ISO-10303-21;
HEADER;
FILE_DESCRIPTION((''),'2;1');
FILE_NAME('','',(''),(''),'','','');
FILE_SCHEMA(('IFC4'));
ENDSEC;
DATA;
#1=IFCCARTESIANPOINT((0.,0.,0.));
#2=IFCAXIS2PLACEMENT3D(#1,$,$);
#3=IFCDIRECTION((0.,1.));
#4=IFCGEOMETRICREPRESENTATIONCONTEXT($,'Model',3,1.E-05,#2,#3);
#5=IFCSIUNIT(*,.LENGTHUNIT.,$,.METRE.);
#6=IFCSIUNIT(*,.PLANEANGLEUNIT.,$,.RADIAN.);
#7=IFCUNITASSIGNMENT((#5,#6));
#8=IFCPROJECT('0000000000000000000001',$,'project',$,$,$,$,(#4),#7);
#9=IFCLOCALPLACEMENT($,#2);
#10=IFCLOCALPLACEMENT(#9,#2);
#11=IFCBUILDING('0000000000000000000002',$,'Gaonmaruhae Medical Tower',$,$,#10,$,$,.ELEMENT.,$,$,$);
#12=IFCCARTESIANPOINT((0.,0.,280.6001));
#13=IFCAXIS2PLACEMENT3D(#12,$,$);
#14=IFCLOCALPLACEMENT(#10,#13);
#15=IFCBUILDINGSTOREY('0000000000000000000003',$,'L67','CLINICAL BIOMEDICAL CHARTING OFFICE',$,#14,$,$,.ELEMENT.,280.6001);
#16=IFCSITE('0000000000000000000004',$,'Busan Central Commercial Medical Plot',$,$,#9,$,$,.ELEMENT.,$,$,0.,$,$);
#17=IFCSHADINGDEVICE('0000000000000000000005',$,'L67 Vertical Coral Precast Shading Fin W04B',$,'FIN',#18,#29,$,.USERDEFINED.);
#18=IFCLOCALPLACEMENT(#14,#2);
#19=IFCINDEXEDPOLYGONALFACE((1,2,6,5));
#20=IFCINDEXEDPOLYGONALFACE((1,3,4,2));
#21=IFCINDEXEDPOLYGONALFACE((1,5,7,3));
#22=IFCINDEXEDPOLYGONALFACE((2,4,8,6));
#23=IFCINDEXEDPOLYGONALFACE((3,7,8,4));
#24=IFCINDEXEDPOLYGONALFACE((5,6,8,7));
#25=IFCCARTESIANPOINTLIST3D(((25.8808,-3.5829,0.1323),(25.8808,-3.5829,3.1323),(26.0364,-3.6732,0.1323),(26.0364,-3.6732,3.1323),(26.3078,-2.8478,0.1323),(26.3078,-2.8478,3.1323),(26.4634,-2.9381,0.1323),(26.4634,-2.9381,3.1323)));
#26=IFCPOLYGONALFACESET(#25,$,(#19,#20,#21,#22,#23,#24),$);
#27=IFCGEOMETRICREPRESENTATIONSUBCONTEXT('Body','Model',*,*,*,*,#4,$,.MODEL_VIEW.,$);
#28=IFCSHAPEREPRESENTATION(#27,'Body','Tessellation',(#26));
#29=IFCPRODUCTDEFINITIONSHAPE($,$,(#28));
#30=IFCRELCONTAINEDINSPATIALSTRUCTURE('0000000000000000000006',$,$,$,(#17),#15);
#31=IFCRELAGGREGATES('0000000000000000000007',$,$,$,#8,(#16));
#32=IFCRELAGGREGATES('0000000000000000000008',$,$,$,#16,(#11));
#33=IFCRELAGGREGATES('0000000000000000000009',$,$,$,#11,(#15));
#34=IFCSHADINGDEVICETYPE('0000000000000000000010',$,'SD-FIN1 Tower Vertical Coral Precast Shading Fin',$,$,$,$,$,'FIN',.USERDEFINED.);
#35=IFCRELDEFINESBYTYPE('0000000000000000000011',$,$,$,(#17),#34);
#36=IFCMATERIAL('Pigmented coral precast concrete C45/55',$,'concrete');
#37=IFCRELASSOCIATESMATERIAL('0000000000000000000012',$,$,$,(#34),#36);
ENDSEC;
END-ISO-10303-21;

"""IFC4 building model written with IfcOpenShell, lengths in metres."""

from ifc_helpers import new_model, si_unit, direction, frame, origin, origin_2d, place, context, subcontext, project, spatial, rectangle, extrude, material, type_object, element, save


model = new_model("IFC4")

# Units and contexts
model_context = context("Model", 3, precision=1e-05, world=origin(), true_north=direction((0.0, 1.0)))
body_context = subcontext(model_context, "Body", "Model", "MODEL_VIEW")
ifc_project = project(units=[si_unit("LENGTHUNIT", "METRE"), si_unit("PLANEANGLEUNIT", "RADIAN")], contexts=[model_context])

# Site, building, storey
site_placement = place(None, origin())
site = spatial("IfcSite", under=ifc_project, at=site_placement, Name="Busan Central Commercial Medical Plot", CompositionType="ELEMENT", RefElevation=0.0)
building_placement = place(site_placement, origin())
building = spatial("IfcBuilding", under=site, at=building_placement, Name="Gaonmaruhae Medical Tower", CompositionType="ELEMENT")
storey_placement = place(building_placement, frame((0.0, 0.0, 280.6001)))
storey = spatial("IfcBuildingStorey", under=building, at=storey_placement, Name="L67", Description="CLINICAL BIOMEDICAL CHARTING OFFICE", CompositionType="ELEMENT", Elevation=280.6001)

# Shading device
ifc_material_1 = material(Name="Pigmented coral precast concrete C45/55", Category="concrete")
shading_device_type = type_object("IfcShadingDeviceType", Name="SD-FIN1 Tower Vertical Coral Precast Shading Fin", ElementType="FIN", PredefinedType="USERDEFINED", material=ifc_material_1)
for number, where, z_axis, x_axis, name in (
    (1, (26.1721, -3.2605, 0.1323), (0.0, 0.0, 1.0), (-0.864713, 0.502266, 0.0), "L67 Vertical Coral Precast Shading Fin W04B"),
):
    element("IfcShadingDevice", number, at=place(storey_placement, frame(where, z_axis=z_axis, x_axis=x_axis)), inside=storey, type_object=shading_device_type, Name=name, ObjectType="FIN", PredefinedType="USERDEFINED", context=body_context, shape_type="SweptSolid", body=[
        extrude(rectangle(XDim=0.1799, YDim=0.8501, at=origin_2d()), origin(), (0.0, 0.0, 1.0), 3.0),
    ])

save(model, "model.ifc")
